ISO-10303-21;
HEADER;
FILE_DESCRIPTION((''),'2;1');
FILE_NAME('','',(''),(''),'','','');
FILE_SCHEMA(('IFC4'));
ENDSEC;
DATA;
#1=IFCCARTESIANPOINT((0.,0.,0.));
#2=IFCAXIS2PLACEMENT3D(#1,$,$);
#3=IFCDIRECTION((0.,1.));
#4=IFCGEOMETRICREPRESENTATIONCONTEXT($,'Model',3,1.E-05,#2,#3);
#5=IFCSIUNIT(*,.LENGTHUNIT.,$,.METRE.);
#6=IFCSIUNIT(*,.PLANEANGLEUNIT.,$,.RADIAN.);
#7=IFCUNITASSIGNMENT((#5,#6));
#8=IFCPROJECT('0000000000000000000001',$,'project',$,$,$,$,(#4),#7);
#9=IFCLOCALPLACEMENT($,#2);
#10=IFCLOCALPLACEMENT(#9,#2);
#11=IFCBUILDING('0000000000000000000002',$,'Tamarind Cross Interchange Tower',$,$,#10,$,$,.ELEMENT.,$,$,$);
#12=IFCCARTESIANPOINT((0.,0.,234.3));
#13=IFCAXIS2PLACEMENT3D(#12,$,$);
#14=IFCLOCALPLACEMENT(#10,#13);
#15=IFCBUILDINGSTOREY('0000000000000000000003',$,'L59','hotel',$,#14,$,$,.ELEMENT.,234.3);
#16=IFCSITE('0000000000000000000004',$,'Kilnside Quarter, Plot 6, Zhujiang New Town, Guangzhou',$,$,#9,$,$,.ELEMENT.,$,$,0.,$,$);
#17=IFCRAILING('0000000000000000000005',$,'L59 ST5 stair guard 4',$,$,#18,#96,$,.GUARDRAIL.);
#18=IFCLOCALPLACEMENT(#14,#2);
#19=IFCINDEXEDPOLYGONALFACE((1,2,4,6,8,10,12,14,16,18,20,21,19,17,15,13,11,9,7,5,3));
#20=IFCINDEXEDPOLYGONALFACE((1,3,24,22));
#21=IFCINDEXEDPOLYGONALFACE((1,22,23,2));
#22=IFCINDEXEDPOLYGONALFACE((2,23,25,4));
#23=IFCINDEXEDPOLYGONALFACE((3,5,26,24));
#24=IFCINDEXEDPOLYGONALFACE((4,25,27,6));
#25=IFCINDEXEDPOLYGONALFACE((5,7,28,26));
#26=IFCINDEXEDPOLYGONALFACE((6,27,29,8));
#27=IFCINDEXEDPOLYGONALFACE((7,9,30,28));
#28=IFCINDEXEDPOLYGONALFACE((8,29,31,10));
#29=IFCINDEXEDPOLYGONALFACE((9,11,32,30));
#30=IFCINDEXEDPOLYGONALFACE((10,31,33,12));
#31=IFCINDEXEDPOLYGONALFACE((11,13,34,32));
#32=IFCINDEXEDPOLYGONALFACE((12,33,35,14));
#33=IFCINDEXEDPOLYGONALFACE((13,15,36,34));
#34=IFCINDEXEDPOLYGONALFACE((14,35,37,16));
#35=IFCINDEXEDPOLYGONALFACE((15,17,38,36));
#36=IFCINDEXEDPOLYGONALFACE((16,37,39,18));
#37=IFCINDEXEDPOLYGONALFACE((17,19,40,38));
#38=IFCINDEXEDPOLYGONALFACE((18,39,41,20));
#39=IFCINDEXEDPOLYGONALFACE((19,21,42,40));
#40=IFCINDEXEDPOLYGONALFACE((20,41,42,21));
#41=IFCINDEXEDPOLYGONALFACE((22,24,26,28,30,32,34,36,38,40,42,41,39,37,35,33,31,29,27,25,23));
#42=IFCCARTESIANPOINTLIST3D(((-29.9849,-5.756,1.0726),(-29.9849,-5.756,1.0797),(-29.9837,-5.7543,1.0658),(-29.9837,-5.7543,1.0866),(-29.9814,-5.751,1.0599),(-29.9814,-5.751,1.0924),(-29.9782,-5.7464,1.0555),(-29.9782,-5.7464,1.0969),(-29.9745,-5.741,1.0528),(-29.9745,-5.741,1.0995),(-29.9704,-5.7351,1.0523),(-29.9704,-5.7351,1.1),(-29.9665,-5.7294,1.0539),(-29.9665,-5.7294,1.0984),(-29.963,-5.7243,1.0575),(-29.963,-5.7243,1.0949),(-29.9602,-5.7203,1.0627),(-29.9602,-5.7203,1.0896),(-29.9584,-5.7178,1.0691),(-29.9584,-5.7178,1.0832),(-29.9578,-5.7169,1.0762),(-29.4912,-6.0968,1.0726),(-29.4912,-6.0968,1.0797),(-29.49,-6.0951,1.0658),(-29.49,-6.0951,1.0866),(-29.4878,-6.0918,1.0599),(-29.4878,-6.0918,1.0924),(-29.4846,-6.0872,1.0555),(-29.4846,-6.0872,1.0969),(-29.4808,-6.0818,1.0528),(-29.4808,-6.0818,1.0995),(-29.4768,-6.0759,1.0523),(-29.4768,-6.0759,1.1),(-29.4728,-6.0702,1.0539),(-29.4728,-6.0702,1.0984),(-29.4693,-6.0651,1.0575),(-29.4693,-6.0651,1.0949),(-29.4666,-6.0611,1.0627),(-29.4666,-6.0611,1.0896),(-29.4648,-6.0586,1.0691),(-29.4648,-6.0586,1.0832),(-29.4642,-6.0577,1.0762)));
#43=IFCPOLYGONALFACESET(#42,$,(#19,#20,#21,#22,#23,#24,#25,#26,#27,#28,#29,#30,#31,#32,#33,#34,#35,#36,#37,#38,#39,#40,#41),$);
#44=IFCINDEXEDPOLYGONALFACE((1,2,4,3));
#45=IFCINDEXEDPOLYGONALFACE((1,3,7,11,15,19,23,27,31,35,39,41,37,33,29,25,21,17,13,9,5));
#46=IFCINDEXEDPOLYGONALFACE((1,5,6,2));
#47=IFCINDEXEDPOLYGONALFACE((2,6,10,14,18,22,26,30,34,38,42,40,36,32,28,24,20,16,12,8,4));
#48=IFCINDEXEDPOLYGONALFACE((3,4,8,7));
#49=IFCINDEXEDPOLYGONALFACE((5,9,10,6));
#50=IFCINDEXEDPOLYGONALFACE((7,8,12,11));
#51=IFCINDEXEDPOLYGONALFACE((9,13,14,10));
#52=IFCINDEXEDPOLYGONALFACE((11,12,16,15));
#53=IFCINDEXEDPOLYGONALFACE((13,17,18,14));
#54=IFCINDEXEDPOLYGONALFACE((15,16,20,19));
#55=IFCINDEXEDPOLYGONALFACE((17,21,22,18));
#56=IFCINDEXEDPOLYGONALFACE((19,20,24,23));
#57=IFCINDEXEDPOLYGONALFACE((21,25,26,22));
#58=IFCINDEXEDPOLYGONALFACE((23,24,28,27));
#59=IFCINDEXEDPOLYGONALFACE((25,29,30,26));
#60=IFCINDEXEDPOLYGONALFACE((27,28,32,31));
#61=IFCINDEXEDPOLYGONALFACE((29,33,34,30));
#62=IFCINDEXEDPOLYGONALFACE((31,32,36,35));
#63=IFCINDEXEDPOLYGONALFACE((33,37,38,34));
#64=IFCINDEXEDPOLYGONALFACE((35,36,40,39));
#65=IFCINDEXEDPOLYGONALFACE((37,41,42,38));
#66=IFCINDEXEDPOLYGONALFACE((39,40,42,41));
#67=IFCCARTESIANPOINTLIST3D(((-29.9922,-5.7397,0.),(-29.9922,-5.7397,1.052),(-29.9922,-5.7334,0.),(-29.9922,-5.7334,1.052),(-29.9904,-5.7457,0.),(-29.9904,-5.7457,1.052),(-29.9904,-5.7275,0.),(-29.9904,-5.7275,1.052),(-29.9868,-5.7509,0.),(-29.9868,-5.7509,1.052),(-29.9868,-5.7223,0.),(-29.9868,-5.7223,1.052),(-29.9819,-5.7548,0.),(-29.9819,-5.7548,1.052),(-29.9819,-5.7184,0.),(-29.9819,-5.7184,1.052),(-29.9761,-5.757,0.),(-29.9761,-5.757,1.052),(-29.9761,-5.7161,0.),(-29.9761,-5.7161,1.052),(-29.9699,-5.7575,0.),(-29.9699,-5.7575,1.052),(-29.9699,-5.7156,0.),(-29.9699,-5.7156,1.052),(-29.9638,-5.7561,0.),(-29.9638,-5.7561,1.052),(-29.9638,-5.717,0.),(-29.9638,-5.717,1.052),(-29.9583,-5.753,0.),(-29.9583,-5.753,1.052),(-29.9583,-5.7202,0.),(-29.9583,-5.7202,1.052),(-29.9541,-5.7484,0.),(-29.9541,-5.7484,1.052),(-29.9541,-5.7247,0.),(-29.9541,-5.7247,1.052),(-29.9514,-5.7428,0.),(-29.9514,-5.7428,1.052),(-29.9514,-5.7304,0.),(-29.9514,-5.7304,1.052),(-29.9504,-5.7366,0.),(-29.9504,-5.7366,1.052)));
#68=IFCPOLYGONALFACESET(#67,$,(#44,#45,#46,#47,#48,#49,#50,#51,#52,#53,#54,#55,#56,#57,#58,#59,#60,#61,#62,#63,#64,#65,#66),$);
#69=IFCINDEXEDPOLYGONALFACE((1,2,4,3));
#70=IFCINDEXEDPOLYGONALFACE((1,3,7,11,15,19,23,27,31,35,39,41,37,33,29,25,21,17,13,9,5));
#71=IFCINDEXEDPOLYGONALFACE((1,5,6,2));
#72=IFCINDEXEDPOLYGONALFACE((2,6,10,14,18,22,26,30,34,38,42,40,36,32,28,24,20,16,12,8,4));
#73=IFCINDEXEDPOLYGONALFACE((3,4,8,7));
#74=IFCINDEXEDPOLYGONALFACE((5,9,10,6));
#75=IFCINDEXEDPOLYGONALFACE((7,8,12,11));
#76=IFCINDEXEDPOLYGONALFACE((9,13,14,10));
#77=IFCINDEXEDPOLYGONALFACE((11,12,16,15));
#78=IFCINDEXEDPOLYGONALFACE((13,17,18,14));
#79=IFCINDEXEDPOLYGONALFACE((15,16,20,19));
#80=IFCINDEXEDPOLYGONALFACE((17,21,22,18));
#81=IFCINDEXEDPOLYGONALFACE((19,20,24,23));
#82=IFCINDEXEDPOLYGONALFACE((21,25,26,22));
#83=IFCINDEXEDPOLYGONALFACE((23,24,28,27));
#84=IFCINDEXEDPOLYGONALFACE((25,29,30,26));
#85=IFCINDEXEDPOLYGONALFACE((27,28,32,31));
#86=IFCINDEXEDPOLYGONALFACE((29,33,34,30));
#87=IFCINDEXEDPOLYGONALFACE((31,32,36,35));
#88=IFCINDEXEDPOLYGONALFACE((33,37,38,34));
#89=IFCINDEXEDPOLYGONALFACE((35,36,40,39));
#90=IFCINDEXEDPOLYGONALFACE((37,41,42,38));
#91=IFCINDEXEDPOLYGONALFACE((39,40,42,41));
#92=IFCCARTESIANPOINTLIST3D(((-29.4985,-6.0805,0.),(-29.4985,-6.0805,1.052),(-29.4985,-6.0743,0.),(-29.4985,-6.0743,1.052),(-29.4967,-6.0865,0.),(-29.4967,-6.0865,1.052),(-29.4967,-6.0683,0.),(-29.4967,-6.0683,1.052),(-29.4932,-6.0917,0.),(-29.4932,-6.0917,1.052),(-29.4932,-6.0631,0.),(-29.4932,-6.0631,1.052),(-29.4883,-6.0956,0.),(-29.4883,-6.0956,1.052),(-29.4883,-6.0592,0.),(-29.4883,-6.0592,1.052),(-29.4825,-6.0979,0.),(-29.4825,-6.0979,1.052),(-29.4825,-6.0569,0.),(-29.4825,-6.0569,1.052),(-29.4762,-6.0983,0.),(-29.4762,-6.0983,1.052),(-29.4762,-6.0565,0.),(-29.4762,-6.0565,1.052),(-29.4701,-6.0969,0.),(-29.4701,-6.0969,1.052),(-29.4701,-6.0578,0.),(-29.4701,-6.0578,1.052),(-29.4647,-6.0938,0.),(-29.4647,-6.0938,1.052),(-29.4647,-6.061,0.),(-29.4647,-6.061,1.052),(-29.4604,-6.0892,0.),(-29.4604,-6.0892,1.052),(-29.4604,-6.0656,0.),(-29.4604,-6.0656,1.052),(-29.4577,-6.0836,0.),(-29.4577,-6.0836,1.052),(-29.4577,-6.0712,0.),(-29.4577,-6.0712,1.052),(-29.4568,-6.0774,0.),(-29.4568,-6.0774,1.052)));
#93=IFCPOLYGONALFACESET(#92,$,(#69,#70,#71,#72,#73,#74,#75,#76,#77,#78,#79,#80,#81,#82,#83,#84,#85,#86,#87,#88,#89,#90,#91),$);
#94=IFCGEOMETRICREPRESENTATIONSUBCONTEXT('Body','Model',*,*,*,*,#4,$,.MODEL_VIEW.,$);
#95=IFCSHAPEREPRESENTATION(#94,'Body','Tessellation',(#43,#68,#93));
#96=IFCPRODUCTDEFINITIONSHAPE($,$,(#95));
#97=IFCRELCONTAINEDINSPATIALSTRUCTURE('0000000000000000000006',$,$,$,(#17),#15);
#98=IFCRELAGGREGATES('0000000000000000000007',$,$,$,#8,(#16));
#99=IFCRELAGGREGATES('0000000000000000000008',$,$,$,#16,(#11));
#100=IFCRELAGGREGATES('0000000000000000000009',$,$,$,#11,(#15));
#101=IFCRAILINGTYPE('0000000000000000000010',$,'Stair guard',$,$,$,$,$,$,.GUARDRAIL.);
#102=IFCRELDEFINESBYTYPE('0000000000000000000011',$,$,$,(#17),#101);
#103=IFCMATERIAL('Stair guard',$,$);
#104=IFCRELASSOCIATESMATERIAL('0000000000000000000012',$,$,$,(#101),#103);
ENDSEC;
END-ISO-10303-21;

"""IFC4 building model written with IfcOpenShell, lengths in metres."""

from ifc_helpers import new_model, si_unit, direction, frame, origin, origin_2d, place, context, subcontext, project, spatial, circle, extrude, material, type_object, element, save


model = new_model("IFC4")

# Units and contexts
model_context = context("Model", 3, precision=1e-05, world=origin(), true_north=direction((0.0, 1.0)))
body_context = subcontext(model_context, "Body", "Model", "MODEL_VIEW")
ifc_project = project(units=[si_unit("LENGTHUNIT", "METRE"), si_unit("PLANEANGLEUNIT", "RADIAN")], contexts=[model_context])

# Site, building, storey
site_placement = place(None, origin())
site = spatial("IfcSite", under=ifc_project, at=site_placement, Name="Kilnside Quarter, Plot 6, Zhujiang New Town, Guangzhou", CompositionType="ELEMENT", RefElevation=0.0)
building_placement = place(site_placement, origin())
building = spatial("IfcBuilding", under=site, at=building_placement, Name="Tamarind Cross Interchange Tower", CompositionType="ELEMENT")
storey_placement = place(building_placement, frame((0.0, 0.0, 234.3)))
storey = spatial("IfcBuildingStorey", under=building, at=storey_placement, Name="L59", Description="hotel", CompositionType="ELEMENT", Elevation=234.3)

# Railing
ifc_material_1 = material(Name="Stair guard")
railing_type_1 = type_object("IfcRailingType", Name="Stair guard", PredefinedType="GUARDRAIL", material=ifc_material_1)
railing_1_placement = place(storey_placement, frame((-29.9714, -5.7366, 0.0)))
element("IfcRailing", 1, at=railing_1_placement, inside=storey, type_object=railing_type_1, Name="L59 ST5 stair guard 4", PredefinedType="GUARDRAIL", context=body_context, shape_type="SweptSolid", body=[
    extrude(circle(Radius=0.0239, at=origin_2d()), frame((0.0, 0.0, 1.0762), z_axis=(0.822924, -0.568151, 0.0), x_axis=(0.568151, 0.822924, 0.0)), (0.0, 0.0, 1.0), 0.5999),
    extrude(circle(Radius=0.021, at=origin_2d()), origin(), (0.0, 0.0, 1.0), 1.052),
    extrude(circle(Radius=0.021, at=origin_2d()), frame((0.4937, -0.3408, 0.0)), (0.0, 0.0, 1.0), 1.052),
])

save(model, "model.ifc")
